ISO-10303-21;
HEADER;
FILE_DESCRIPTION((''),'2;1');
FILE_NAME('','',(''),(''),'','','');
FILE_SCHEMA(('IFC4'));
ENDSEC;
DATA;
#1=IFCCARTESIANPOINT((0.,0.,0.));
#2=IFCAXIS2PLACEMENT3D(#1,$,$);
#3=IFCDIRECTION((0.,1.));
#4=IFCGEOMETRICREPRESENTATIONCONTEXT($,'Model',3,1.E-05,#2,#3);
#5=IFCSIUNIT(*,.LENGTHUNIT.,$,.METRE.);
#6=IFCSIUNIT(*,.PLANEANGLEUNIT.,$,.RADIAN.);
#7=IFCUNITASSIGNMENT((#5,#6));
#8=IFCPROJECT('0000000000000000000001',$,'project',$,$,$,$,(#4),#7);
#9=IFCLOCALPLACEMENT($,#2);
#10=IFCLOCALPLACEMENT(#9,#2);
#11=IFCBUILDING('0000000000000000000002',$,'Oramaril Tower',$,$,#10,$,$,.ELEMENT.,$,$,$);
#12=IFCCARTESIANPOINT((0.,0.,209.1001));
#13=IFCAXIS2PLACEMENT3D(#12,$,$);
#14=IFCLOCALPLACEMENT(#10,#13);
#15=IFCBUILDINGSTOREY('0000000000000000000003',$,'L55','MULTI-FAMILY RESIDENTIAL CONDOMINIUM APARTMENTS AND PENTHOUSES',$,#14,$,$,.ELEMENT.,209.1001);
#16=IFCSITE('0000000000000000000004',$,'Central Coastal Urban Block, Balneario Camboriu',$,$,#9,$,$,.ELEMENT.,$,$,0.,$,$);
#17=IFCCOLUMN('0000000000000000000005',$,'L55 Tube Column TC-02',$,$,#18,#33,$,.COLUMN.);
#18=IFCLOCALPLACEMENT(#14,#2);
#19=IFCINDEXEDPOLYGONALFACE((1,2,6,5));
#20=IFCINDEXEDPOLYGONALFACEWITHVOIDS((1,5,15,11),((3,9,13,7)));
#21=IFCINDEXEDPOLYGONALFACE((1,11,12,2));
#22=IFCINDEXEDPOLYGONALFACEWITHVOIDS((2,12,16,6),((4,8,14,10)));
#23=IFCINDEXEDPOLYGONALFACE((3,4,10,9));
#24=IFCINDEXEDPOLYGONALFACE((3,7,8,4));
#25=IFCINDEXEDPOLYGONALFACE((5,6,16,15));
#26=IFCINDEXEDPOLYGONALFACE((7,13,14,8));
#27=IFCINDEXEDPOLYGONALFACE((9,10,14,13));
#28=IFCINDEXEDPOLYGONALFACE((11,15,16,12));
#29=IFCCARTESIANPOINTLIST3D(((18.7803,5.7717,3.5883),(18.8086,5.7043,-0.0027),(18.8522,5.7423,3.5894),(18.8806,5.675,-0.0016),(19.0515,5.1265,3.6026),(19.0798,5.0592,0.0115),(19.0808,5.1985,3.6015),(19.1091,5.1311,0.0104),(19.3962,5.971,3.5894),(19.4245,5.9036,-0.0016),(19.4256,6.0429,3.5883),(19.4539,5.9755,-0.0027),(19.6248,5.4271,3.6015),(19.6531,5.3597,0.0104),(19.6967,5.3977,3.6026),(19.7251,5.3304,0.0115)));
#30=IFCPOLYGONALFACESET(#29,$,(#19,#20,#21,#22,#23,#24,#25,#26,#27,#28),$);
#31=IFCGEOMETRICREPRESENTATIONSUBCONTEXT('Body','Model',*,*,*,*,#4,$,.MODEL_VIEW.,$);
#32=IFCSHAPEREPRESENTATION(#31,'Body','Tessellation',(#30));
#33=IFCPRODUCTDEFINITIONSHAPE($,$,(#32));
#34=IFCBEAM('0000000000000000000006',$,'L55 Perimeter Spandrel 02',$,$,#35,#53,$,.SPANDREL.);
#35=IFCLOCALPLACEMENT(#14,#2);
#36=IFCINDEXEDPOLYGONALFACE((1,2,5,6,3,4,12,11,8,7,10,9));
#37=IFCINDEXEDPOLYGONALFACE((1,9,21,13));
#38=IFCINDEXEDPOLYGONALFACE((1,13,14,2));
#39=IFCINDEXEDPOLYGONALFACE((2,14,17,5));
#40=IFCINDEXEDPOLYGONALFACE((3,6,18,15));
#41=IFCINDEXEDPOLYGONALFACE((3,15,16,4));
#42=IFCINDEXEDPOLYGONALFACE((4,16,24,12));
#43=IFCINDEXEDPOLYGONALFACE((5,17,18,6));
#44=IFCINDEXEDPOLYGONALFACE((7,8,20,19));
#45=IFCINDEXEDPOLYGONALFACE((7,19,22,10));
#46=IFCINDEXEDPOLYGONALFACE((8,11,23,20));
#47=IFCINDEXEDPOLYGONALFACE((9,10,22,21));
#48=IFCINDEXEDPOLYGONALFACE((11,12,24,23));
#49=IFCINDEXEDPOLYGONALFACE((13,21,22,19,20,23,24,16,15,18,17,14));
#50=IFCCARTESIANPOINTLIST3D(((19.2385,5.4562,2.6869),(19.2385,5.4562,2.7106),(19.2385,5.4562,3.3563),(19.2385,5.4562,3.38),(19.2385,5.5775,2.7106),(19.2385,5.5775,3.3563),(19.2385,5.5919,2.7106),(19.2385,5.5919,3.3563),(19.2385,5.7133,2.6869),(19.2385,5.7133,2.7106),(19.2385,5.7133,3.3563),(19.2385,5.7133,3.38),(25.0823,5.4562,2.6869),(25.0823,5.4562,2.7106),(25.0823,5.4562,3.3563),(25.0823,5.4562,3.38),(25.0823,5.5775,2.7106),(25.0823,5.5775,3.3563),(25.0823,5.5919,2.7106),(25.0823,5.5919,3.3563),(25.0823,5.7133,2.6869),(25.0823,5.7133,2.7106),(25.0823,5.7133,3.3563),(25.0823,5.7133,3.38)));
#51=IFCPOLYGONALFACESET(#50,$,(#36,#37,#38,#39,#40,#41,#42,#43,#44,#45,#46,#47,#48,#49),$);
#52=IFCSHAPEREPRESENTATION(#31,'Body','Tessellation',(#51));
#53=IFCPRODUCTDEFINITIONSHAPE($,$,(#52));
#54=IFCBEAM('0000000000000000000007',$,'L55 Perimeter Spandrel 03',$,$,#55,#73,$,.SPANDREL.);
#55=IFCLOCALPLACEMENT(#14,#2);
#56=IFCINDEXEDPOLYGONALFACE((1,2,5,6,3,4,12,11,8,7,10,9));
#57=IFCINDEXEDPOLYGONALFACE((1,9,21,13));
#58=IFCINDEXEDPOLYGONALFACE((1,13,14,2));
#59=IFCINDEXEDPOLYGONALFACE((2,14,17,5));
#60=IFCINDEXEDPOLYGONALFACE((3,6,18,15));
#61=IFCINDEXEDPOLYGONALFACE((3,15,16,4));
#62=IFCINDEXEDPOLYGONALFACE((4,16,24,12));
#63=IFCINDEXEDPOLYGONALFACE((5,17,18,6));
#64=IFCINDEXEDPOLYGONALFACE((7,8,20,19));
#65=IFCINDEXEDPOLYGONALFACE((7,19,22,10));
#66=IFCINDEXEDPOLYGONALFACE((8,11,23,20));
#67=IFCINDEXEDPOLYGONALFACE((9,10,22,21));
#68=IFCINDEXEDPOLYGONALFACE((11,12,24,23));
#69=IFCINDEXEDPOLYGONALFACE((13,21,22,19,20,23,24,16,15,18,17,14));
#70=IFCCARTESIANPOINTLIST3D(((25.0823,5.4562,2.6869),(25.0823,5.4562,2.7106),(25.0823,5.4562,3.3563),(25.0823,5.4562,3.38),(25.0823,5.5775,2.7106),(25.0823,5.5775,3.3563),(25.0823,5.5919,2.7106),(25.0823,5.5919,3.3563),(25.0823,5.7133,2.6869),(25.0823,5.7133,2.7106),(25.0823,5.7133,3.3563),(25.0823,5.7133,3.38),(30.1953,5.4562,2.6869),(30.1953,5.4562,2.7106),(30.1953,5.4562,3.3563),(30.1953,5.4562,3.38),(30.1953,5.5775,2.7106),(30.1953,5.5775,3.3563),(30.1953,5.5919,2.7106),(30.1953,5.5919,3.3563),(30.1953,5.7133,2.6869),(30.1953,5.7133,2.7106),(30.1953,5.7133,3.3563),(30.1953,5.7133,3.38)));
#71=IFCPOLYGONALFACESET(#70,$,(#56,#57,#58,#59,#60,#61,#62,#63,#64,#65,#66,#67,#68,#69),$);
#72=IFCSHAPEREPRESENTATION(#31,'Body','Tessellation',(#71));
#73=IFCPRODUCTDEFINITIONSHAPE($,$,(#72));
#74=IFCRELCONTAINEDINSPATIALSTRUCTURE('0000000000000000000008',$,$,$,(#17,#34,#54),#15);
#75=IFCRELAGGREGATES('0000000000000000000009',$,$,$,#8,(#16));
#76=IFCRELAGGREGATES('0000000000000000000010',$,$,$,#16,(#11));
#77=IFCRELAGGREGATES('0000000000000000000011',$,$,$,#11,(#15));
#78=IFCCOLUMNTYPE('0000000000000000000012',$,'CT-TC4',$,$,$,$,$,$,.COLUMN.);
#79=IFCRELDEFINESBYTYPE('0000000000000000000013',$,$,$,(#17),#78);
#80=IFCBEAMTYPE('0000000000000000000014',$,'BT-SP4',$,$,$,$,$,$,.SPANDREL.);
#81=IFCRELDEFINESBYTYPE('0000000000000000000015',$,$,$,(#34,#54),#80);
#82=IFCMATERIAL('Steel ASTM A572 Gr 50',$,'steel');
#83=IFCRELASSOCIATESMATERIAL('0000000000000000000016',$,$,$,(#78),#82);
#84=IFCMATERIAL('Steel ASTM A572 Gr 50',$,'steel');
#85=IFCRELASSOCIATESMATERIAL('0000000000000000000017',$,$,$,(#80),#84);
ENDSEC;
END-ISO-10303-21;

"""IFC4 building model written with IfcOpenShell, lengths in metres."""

from ifc_helpers import new_model, si_unit, direction, frame, origin, origin_2d, place, context, subcontext, project, spatial, hollow_rectangle, i_section, extrude, material, material_profile, profile_set, type_object, element, save


model = new_model("IFC4")

# Units and contexts
model_context = context("Model", 3, precision=1e-05, world=origin(), true_north=direction((0.0, 1.0)))
body_context = subcontext(model_context, "Body", "Model", "MODEL_VIEW")
ifc_project = project(units=[si_unit("LENGTHUNIT", "METRE"), si_unit("PLANEANGLEUNIT", "RADIAN")], contexts=[model_context])

# Site, building, storey
site_placement = place(None, origin())
site = spatial("IfcSite", under=ifc_project, at=site_placement, Name="Central Coastal Urban Block, Balneario Camboriu", CompositionType="ELEMENT", RefElevation=0.0)
building_placement = place(site_placement, origin())
building = spatial("IfcBuilding", under=site, at=building_placement, Name="Oramaril Tower", CompositionType="ELEMENT")
storey_placement = place(building_placement, frame((0.0, 0.0, 209.1001)))
storey = spatial("IfcBuildingStorey", under=building, at=storey_placement, Name="L55", Description="MULTI-FAMILY RESIDENTIAL CONDOMINIUM APARTMENTS AND PENTHOUSES", CompositionType="ELEMENT", Elevation=209.1001)

# Column
ifc_material_1 = material(Name="Steel ASTM A572 Gr 50", Category="steel")
ifc_material_profile_1 = material_profile(ifc_material_1, hollow_rectangle(XDim=0.7, YDim=0.7, WallThickness=0.0549, at=origin_2d()), Name="BOX700X700X55")
ifc_profile_set_1 = profile_set([ifc_material_profile_1], Name="Steel ASTM A572 Gr 50")
column_type = type_object("IfcColumnType", Name="CT-TC4", PredefinedType="COLUMN", material=ifc_profile_set_1)
column_placement = place(storey_placement, frame((19.2668, 5.5173, 0.0044), z_axis=(-0.007885, 0.01876, 0.999793), x_axis=(-0.921887, -0.38746, 0.0)))
element("IfcColumn", 1, at=column_placement, inside=storey, type_object=column_type, Name="L55 Tube Column TC-02", PredefinedType="COLUMN", context=body_context, shape_type="SweptSolid", body=[
    extrude(hollow_rectangle(XDim=0.7, YDim=0.7, WallThickness=0.0549, at=origin_2d()), origin(), (0.0, 0.0, 1.0), 3.5918),
])

# Beams
ifc_material_2 = material(Name="Steel ASTM A572 Gr 50", Category="steel")
ifc_material_profile_2 = material_profile(ifc_material_2, i_section(OverallWidth=0.2571, OverallDepth=0.6931, WebThickness=0.0144, FlangeThickness=0.0237, at=origin_2d()), Name="W27X114")
ifc_profile_set_2 = profile_set([ifc_material_profile_2], Name="Steel ASTM A572 Gr 50")
beam_type = type_object("IfcBeamType", Name="BT-SP4", PredefinedType="SPANDREL", material=ifc_profile_set_2)
beam_1_placement = place(storey_placement, frame((19.2385, 5.5847, 3.0334), z_axis=(1.0, 0.0, 0.0), x_axis=(0.0, 1.0, 0.0)))
element("IfcBeam", 2, at=beam_1_placement, inside=storey, type_object=beam_type, Name="L55 Perimeter Spandrel 02", PredefinedType="SPANDREL", context=body_context, shape_type="SweptSolid", body=[
    extrude(i_section(OverallWidth=0.2571, OverallDepth=0.6931, WebThickness=0.0144, FlangeThickness=0.0237, at=origin_2d()), origin(), (0.0, 0.0, 1.0), 5.8438),
])
beam_2_placement = place(storey_placement, frame((25.0823, 5.5847, 3.0334), z_axis=(1.0, 0.0, 0.0), x_axis=(0.0, 1.0, 0.0)))
element("IfcBeam", 3, at=beam_2_placement, inside=storey, type_object=beam_type, Name="L55 Perimeter Spandrel 03", PredefinedType="SPANDREL", context=body_context, shape_type="SweptSolid", body=[
    extrude(i_section(OverallWidth=0.2571, OverallDepth=0.6931, WebThickness=0.0144, FlangeThickness=0.0237, at=origin_2d()), origin(), (0.0, 0.0, 1.0), 5.113),
])

save(model, "model.ifc")
